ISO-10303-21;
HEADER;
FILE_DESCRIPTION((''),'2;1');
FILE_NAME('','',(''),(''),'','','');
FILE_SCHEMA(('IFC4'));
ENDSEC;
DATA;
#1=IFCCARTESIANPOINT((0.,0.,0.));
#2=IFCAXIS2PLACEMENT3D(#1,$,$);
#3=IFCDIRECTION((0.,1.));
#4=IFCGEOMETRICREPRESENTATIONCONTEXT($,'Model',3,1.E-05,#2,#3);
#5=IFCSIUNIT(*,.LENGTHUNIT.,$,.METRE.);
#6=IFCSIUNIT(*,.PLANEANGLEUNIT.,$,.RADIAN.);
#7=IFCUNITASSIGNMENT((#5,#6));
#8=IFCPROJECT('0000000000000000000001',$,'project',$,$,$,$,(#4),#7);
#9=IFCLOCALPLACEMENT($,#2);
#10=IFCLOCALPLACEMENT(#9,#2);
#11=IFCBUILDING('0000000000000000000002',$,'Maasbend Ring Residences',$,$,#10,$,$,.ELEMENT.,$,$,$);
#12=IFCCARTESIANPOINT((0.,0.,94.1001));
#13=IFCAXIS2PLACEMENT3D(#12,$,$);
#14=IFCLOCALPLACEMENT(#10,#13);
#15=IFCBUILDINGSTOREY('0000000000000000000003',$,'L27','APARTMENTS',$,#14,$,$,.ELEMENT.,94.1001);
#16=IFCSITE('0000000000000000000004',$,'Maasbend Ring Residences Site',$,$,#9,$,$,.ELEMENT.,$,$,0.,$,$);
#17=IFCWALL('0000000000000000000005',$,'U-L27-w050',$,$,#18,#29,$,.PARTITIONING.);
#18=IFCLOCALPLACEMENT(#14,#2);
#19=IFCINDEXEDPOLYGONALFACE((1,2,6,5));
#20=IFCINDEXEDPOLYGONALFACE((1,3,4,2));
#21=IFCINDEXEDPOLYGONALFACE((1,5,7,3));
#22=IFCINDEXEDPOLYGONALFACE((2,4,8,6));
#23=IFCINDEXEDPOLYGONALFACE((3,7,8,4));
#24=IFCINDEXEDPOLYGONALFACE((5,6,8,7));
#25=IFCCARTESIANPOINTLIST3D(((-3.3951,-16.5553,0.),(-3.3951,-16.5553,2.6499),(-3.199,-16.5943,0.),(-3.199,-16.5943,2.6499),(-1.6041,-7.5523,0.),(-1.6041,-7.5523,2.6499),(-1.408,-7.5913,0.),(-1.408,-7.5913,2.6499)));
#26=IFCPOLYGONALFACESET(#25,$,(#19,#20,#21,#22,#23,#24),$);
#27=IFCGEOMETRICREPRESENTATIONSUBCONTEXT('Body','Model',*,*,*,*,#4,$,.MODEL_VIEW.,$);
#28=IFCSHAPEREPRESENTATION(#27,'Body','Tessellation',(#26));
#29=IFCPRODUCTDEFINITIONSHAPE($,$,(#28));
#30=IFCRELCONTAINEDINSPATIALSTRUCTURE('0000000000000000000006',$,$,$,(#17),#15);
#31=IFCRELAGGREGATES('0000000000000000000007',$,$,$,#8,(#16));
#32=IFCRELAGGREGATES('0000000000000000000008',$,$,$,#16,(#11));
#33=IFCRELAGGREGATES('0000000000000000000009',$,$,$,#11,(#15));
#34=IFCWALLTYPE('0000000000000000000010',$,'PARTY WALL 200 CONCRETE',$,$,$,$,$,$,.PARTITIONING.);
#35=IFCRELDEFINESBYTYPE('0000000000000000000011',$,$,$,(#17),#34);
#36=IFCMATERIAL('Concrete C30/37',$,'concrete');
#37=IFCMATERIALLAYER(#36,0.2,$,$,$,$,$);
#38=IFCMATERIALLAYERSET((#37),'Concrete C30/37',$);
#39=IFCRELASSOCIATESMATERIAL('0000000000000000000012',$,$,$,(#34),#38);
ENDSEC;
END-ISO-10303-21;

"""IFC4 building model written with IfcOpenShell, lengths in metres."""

from ifc_helpers import new_model, si_unit, direction, frame, frame_2d, origin, place, context, subcontext, project, spatial, rectangle, extrude, material, layer, layer_set, type_object, element, save


model = new_model("IFC4")

# Units and contexts
model_context = context("Model", 3, precision=1e-05, world=origin(), true_north=direction((0.0, 1.0)))
body_context = subcontext(model_context, "Body", "Model", "MODEL_VIEW")
ifc_project = project(units=[si_unit("LENGTHUNIT", "METRE"), si_unit("PLANEANGLEUNIT", "RADIAN")], contexts=[model_context])

# Site, building, storey
site_placement = place(None, origin())
site = spatial("IfcSite", under=ifc_project, at=site_placement, Name="Maasbend Ring Residences Site", CompositionType="ELEMENT", RefElevation=0.0)
building_placement = place(site_placement, origin())
building = spatial("IfcBuilding", under=site, at=building_placement, Name="Maasbend Ring Residences", CompositionType="ELEMENT")
storey_placement = place(building_placement, frame((0.0, 0.0, 94.1001)))
storey = spatial("IfcBuildingStorey", under=building, at=storey_placement, Name="L27", Description="APARTMENTS", CompositionType="ELEMENT", Elevation=94.1001)

# Wall
ifc_material_1 = material(Name="Concrete C30/37", Category="concrete")
ifc_layer_1 = layer(ifc_material_1, 0.2)
ifc_layer_set_1 = layer_set([ifc_layer_1], Name="Concrete C30/37")
wall_type_1 = type_object("IfcWallType", Name="PARTY WALL 200 CONCRETE", PredefinedType="PARTITIONING", material=ifc_layer_set_1)
wall_1_placement = place(storey_placement, frame((-3.2971, -16.575, 0.0), z_axis=(0.0, 0.0, 1.0), x_axis=(0.195114, 0.980781, 0.0)))
element("IfcWall", 1, at=wall_1_placement, inside=storey, type_object=wall_type_1, Name="U-L27-w050", PredefinedType="PARTITIONING", context=body_context, shape_type="SweptSolid", body=[
    extrude(rectangle(XDim=9.1794, YDim=0.2, at=frame_2d((4.5898, 0.0))), origin(), (0.0, 0.0, 1.0), 2.6499),
])

save(model, "model.ifc")
